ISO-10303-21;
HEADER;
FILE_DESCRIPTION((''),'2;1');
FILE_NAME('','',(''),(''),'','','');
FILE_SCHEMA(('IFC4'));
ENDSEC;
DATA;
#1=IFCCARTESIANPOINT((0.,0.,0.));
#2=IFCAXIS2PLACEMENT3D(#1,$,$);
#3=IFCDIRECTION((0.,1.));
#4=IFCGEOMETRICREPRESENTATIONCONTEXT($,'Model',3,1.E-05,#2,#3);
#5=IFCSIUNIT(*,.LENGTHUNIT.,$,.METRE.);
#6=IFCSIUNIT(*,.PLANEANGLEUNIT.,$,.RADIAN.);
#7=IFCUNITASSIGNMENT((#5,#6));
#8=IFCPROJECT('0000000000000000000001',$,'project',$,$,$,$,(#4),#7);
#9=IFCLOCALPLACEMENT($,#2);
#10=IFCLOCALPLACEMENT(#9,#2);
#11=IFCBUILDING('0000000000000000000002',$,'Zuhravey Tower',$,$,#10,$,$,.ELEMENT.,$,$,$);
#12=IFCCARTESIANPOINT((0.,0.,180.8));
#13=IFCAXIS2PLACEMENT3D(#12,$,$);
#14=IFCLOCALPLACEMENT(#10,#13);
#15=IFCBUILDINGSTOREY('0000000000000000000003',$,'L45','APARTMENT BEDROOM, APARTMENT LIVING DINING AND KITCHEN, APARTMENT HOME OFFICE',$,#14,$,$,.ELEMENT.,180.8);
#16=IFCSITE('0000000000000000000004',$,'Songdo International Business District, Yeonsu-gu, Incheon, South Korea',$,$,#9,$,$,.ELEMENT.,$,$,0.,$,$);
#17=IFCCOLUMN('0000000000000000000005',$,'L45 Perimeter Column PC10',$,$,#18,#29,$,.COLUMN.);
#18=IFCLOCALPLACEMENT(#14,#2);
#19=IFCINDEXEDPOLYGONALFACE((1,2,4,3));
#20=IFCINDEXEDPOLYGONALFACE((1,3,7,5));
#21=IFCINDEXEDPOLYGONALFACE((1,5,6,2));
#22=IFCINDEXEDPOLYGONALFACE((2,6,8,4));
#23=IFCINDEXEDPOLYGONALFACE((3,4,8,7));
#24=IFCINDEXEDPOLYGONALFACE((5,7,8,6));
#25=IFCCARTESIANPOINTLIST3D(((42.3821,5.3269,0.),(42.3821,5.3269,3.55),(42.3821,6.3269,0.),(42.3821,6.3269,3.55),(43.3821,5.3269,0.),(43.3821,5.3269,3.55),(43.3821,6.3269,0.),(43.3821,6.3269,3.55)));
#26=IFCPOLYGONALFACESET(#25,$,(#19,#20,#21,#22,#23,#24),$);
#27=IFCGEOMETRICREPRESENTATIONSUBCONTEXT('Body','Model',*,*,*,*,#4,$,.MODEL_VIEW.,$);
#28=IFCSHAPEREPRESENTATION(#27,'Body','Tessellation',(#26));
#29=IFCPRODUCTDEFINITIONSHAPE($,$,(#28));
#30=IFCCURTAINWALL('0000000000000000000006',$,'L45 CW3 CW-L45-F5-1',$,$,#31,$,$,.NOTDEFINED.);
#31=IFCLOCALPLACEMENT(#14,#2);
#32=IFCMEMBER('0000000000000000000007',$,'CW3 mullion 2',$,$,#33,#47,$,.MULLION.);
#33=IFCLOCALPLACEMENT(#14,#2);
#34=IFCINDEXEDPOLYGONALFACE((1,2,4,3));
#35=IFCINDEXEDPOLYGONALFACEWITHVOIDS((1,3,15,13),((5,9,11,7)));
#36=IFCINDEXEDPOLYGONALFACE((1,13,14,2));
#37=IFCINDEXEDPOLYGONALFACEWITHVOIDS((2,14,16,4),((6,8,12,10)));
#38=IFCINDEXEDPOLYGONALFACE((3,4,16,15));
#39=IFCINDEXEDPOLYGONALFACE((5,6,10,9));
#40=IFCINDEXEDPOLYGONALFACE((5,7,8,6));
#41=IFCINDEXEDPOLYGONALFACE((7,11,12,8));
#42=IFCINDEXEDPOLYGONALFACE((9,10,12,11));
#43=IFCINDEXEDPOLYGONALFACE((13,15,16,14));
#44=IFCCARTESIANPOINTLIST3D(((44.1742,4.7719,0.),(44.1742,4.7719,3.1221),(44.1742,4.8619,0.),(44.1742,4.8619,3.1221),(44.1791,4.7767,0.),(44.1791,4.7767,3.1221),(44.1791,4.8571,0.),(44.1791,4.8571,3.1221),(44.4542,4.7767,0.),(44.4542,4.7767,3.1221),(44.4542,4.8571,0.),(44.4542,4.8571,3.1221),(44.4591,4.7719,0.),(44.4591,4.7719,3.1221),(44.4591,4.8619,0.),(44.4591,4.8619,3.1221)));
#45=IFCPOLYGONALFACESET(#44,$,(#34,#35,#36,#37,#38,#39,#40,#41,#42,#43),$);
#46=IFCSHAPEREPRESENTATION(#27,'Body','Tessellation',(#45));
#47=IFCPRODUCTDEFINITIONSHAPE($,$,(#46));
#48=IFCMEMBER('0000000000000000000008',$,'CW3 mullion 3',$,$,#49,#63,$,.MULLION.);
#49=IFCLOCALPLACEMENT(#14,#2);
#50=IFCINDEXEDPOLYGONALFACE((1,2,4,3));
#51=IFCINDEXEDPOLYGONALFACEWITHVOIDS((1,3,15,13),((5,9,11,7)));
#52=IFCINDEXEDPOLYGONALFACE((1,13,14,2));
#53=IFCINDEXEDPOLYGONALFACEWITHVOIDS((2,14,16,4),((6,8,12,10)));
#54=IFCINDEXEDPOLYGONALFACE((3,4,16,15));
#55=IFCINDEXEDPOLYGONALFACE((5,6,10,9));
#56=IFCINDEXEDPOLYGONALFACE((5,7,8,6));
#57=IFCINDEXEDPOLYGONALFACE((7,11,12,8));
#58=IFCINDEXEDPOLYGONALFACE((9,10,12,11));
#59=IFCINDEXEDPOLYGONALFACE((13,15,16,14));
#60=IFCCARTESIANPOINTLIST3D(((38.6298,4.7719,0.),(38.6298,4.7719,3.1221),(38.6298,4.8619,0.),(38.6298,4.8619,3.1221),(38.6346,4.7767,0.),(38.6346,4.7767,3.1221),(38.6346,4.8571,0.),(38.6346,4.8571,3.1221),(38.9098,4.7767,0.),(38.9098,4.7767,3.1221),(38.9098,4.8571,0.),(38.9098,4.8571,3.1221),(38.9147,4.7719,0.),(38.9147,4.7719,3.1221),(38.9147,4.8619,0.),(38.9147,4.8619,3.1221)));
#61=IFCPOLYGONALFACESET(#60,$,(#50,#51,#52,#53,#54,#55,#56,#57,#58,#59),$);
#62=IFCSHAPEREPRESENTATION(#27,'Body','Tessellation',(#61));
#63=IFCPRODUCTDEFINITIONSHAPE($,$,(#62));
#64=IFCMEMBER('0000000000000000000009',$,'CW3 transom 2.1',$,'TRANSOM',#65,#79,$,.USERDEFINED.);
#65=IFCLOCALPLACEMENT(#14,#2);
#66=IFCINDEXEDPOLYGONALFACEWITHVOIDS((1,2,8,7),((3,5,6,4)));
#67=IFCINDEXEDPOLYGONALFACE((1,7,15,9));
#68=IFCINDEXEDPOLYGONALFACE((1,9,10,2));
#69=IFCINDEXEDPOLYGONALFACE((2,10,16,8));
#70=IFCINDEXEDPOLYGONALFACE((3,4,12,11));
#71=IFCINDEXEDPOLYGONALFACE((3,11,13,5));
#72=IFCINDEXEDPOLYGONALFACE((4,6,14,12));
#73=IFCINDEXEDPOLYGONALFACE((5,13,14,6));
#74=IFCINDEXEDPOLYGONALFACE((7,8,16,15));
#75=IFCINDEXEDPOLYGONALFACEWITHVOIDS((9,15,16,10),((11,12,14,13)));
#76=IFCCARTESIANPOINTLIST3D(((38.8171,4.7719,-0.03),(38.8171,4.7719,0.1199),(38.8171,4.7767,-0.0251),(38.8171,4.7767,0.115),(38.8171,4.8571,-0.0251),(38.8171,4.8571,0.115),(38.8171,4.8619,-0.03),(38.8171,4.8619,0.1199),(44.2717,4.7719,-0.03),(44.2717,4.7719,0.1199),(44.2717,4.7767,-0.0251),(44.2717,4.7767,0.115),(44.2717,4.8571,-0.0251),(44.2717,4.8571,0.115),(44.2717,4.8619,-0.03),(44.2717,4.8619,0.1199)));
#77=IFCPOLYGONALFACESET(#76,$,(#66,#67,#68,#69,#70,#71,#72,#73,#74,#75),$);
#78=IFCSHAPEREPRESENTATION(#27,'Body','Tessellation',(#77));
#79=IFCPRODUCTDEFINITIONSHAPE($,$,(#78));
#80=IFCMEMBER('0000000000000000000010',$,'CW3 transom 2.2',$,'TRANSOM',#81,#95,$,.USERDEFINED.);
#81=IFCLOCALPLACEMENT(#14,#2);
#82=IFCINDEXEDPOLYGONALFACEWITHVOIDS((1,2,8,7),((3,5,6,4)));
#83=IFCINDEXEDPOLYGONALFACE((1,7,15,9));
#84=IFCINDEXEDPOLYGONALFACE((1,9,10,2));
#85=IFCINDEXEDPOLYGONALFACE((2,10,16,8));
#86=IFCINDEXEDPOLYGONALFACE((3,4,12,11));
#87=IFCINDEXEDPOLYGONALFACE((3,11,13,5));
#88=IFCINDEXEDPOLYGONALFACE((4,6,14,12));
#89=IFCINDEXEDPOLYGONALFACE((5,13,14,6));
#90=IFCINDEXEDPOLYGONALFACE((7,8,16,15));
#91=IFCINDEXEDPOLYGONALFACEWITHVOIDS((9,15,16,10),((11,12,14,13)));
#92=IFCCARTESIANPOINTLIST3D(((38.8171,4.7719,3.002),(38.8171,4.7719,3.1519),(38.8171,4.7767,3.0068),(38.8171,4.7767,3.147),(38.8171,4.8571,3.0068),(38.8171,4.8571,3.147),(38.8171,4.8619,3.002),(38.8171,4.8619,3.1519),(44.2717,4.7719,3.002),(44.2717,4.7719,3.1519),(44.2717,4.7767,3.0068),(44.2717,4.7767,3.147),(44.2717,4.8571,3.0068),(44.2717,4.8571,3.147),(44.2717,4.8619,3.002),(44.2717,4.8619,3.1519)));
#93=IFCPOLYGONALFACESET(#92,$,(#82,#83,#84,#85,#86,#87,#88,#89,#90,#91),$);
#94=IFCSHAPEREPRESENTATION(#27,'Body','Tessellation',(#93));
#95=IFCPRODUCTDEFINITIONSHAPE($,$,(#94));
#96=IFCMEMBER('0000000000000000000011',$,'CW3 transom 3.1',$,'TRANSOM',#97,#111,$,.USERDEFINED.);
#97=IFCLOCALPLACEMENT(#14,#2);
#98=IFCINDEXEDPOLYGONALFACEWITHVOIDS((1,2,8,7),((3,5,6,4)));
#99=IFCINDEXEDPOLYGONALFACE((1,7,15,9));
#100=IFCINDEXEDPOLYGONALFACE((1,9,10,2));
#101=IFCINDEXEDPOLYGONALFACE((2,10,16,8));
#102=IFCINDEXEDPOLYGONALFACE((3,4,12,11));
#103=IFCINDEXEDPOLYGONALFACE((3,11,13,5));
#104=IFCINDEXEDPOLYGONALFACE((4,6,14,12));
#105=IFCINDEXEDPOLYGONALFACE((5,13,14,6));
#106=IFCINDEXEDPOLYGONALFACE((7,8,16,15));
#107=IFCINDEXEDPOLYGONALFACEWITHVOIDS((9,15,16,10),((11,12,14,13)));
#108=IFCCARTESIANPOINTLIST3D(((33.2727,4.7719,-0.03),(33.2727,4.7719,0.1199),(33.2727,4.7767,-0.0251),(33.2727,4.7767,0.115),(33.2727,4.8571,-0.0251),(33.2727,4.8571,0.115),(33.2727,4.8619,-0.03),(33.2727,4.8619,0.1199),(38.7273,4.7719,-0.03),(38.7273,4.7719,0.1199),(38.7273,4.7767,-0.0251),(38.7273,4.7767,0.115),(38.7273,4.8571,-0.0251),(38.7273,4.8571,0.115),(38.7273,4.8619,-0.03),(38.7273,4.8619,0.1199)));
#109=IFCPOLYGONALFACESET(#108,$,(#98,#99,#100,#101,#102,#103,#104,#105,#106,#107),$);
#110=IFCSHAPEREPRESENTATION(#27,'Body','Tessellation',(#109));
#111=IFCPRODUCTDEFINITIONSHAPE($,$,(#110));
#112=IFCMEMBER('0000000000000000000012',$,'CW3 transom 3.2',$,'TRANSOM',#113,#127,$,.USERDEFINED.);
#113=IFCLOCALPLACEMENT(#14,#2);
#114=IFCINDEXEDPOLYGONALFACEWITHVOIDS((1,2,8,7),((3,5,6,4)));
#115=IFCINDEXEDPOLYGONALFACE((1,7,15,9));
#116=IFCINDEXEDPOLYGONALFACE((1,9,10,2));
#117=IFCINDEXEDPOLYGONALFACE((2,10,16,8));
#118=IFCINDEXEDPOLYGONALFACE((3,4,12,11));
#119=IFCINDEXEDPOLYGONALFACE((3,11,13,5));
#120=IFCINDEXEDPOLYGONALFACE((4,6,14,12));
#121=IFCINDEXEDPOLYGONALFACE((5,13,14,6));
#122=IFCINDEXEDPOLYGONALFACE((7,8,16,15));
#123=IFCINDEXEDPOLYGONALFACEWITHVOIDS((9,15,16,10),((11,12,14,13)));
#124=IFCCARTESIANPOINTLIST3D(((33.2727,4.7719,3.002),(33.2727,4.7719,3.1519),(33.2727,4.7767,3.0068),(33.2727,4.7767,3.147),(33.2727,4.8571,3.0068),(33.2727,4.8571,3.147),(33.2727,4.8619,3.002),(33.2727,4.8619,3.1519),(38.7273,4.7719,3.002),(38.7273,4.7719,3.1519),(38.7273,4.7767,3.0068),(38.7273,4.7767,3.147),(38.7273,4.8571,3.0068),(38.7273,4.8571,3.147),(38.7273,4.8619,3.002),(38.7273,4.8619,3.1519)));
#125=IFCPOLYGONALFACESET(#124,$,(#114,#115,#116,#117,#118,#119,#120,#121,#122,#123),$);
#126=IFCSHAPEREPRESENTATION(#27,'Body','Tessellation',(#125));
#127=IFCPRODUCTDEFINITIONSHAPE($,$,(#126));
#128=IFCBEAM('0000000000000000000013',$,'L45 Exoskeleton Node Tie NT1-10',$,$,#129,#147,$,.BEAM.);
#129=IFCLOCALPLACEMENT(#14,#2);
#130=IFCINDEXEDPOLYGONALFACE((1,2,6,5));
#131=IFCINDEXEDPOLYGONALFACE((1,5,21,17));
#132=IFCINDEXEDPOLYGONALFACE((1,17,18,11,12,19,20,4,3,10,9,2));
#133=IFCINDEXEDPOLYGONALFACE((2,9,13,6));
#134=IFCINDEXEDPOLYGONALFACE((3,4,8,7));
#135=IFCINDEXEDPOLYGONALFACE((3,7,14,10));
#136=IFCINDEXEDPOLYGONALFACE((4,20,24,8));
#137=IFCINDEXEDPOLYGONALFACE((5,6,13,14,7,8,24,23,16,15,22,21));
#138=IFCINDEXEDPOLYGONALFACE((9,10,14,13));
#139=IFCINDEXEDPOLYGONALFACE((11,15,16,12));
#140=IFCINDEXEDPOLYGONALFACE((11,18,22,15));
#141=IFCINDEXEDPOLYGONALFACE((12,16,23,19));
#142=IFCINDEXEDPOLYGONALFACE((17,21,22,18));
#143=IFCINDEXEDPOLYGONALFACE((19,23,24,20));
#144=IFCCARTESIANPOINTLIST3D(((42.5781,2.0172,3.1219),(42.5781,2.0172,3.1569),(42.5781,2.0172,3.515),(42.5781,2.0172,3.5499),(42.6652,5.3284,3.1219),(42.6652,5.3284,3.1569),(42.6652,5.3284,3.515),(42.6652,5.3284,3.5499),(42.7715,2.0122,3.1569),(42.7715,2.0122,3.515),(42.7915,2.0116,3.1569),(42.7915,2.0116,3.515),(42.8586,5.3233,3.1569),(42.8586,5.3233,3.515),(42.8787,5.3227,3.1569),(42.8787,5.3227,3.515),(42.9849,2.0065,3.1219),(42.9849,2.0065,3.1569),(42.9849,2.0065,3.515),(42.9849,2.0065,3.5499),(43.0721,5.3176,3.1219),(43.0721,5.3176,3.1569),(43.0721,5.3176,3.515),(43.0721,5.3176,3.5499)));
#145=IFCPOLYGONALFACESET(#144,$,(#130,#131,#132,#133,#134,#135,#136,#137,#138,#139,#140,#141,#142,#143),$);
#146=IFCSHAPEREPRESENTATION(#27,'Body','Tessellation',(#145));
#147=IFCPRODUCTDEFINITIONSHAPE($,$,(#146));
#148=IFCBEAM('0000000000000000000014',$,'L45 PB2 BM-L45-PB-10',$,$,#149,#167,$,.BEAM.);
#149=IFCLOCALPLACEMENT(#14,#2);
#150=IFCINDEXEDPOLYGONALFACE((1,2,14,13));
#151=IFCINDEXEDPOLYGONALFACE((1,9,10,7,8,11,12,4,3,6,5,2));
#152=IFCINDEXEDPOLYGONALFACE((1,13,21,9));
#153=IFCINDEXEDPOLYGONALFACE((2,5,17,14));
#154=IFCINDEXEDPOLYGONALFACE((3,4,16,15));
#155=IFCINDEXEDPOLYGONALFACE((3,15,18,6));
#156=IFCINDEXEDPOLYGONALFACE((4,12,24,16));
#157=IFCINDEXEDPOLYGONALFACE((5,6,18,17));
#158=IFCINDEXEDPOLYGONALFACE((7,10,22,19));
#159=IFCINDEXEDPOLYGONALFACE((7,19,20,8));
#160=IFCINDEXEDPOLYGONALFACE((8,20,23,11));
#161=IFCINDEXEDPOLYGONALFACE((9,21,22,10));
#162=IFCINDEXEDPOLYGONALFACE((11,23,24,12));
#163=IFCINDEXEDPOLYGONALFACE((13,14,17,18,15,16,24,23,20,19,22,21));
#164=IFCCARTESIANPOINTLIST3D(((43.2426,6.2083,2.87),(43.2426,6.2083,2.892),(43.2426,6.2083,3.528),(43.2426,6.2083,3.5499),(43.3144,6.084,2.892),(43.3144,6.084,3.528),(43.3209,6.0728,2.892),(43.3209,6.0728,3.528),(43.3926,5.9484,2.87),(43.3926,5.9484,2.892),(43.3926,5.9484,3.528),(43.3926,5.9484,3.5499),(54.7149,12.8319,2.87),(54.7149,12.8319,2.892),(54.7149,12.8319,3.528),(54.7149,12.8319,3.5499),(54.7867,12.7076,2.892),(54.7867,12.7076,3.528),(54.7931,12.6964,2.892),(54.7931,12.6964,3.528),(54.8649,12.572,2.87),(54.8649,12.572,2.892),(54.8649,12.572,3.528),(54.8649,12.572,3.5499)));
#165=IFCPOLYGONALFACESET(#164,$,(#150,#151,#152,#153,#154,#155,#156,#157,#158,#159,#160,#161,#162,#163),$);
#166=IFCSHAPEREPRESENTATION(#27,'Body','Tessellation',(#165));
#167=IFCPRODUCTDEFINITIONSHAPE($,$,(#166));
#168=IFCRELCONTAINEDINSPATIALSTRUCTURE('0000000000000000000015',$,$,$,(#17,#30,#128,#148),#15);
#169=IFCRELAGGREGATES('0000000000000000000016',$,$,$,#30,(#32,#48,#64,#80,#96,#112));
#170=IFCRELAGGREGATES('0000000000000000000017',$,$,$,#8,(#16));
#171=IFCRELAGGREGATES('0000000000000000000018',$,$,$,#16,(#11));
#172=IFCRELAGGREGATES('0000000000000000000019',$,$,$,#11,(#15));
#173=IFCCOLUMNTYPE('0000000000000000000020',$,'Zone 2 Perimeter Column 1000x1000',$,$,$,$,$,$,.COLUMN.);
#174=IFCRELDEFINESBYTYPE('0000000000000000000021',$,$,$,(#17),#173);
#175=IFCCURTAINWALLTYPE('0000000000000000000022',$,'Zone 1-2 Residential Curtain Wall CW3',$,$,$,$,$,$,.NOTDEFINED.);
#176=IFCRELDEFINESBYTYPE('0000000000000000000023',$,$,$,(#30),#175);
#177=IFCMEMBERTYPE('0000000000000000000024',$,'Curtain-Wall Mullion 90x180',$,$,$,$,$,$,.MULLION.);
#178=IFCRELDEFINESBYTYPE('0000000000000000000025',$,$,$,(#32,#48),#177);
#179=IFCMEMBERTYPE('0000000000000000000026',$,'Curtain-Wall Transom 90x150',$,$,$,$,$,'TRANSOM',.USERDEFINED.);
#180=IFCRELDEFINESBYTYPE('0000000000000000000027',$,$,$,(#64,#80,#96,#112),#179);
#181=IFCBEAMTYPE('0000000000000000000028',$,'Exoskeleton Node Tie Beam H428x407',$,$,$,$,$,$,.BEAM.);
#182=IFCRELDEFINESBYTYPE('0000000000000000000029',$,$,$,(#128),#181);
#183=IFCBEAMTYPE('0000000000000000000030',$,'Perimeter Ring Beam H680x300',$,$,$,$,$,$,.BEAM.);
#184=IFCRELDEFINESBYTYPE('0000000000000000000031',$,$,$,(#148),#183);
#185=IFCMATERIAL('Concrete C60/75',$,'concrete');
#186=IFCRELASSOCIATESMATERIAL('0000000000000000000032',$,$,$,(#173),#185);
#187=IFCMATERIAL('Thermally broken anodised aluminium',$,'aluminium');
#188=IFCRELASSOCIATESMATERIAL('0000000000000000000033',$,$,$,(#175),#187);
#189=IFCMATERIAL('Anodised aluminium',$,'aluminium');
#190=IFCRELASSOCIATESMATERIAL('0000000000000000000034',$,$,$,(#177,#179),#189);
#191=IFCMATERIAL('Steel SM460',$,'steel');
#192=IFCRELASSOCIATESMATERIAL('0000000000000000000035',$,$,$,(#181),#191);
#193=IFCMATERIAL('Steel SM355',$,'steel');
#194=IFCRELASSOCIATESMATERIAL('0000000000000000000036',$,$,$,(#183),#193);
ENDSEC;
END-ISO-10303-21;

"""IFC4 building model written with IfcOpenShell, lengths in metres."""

from ifc_helpers import new_model, si_unit, direction, frame, origin, origin_2d, place, context, subcontext, project, spatial, rectangle, hollow_rectangle, i_section, extrude, material, material_profile, profile_set, type_object, element, aggregate, save


model = new_model("IFC4")

# Units and contexts
model_context = context("Model", 3, precision=1e-05, world=origin(), true_north=direction((0.0, 1.0)))
body_context = subcontext(model_context, "Body", "Model", "MODEL_VIEW")
ifc_project = project(units=[si_unit("LENGTHUNIT", "METRE"), si_unit("PLANEANGLEUNIT", "RADIAN")], contexts=[model_context])

# Site, building, storey
site_placement = place(None, origin())
site = spatial("IfcSite", under=ifc_project, at=site_placement, Name="Songdo International Business District, Yeonsu-gu, Incheon, South Korea", CompositionType="ELEMENT", RefElevation=0.0)
building_placement = place(site_placement, origin())
building = spatial("IfcBuilding", under=site, at=building_placement, Name="Zuhravey Tower", CompositionType="ELEMENT")
storey_placement = place(building_placement, frame((0.0, 0.0, 180.8)))
storey = spatial("IfcBuildingStorey", under=building, at=storey_placement, Name="L45", Description="APARTMENT BEDROOM, APARTMENT LIVING DINING AND KITCHEN, APARTMENT HOME OFFICE", CompositionType="ELEMENT", Elevation=180.8)

# Column
ifc_material_1 = material(Name="Concrete C60/75", Category="concrete")
ifc_material_profile_1 = material_profile(ifc_material_1, rectangle(XDim=1.0, YDim=1.0, at=origin_2d()), Name="RC-1000x1000")
ifc_profile_set_1 = profile_set([ifc_material_profile_1], Name="Concrete C60/75")
column_type = type_object("IfcColumnType", Name="Zone 2 Perimeter Column 1000x1000", PredefinedType="COLUMN", material=ifc_profile_set_1)
column_placement = place(storey_placement, frame((42.8821, 5.8269, 0.0), z_axis=(0.0, 0.0, 1.0), x_axis=(1.0, 0.0, 0.0)))
element("IfcColumn", 1, at=column_placement, inside=storey, type_object=column_type, Name="L45 Perimeter Column PC10", PredefinedType="COLUMN", context=body_context, shape_type="SweptSolid", body=[
    extrude(rectangle(XDim=1.0, YDim=1.0, at=origin_2d()), origin(), (0.0, 0.0, 1.0), 3.55),
])

# Curtain wall, members
ifc_material_2 = material(Name="Thermally broken anodised aluminium", Category="aluminium")
curtain_wall_type = type_object("IfcCurtainWallType", Name="Zone 1-2 Residential Curtain Wall CW3", PredefinedType="NOTDEFINED", material=ifc_material_2)
curtain_wall_placement = place(storey_placement, origin())
curtain_wall = element("IfcCurtainWall", 2, at=curtain_wall_placement, inside=storey, type_object=curtain_wall_type, Name="L45 CW3 CW-L45-F5-1", PredefinedType="NOTDEFINED")
ifc_material_3 = material(Name="Anodised aluminium", Category="aluminium")
ifc_material_profile_2 = material_profile(ifc_material_3, hollow_rectangle(XDim=0.0901, YDim=0.2849, WallThickness=0.0049, at=origin_2d()), Name="ALU-RHS-90x285x5")
ifc_profile_set_2 = profile_set([ifc_material_profile_2], Name="Anodised aluminium")
member_type_1 = type_object("IfcMemberType", Name="Curtain-Wall Mullion 90x180", PredefinedType="MULLION", material=ifc_profile_set_2)
member_1_placement = place(storey_placement, frame((44.3167, 4.8169, 0.0), z_axis=(0.0, 0.0, 1.0), x_axis=(0.0, -1.0, 0.0)))
member_1 = element("IfcMember", 3, at=member_1_placement, type_object=member_type_1, Name="CW3 mullion 2", PredefinedType="MULLION", context=body_context, shape_type="SweptSolid", body=[
    extrude(hollow_rectangle(XDim=0.0901, YDim=0.2849, WallThickness=0.0049, at=origin_2d()), origin(), (0.0, 0.0, 1.0), 3.1221),
])
member_2_placement = place(storey_placement, frame((38.7722, 4.8169, 0.0), z_axis=(0.0, 0.0, 1.0), x_axis=(0.0, -1.0, 0.0)))
member_2 = element("IfcMember", 4, at=member_2_placement, type_object=member_type_1, Name="CW3 mullion 3", PredefinedType="MULLION", context=body_context, shape_type="SweptSolid", body=[
    extrude(hollow_rectangle(XDim=0.0901, YDim=0.2849, WallThickness=0.0049, at=origin_2d()), origin(), (0.0, 0.0, 1.0), 3.1221),
])
ifc_material_profile_3 = material_profile(ifc_material_3, hollow_rectangle(XDim=0.0901, YDim=0.1499, WallThickness=0.0049, at=origin_2d()), Name="ALU-RHS-90x150x5")
ifc_profile_set_3 = profile_set([ifc_material_profile_3], Name="Anodised aluminium")
member_type_2 = type_object("IfcMemberType", Name="Curtain-Wall Transom 90x150", ElementType="TRANSOM", PredefinedType="USERDEFINED", material=ifc_profile_set_3)
member_3_placement = place(storey_placement, frame((44.2717, 4.8169, 0.0449), z_axis=(-1.0, 0.0, 0.0), x_axis=(0.0, -1.0, 0.0)))
member_3 = element("IfcMember", 5, at=member_3_placement, type_object=member_type_2, Name="CW3 transom 2.1", ObjectType="TRANSOM", PredefinedType="USERDEFINED", context=body_context, shape_type="SweptSolid", body=[
    extrude(hollow_rectangle(XDim=0.0901, YDim=0.1499, WallThickness=0.0049, at=origin_2d()), origin(), (0.0, 0.0, 1.0), 5.4546),
])
member_4_placement = place(storey_placement, frame((44.2717, 4.8169, 3.0769), z_axis=(-1.0, 0.0, 0.0), x_axis=(0.0, -1.0, 0.0)))
member_4 = element("IfcMember", 6, at=member_4_placement, type_object=member_type_2, Name="CW3 transom 2.2", ObjectType="TRANSOM", PredefinedType="USERDEFINED", context=body_context, shape_type="SweptSolid", body=[
    extrude(hollow_rectangle(XDim=0.0901, YDim=0.1499, WallThickness=0.0049, at=origin_2d()), origin(), (0.0, 0.0, 1.0), 5.4546),
])
member_5_placement = place(storey_placement, frame((38.7273, 4.8169, 0.0449), z_axis=(-1.0, 0.0, 0.0), x_axis=(0.0, -1.0, 0.0)))
member_5 = element("IfcMember", 7, at=member_5_placement, type_object=member_type_2, Name="CW3 transom 3.1", ObjectType="TRANSOM", PredefinedType="USERDEFINED", context=body_context, shape_type="SweptSolid", body=[
    extrude(hollow_rectangle(XDim=0.0901, YDim=0.1499, WallThickness=0.0049, at=origin_2d()), origin(), (0.0, 0.0, 1.0), 5.4546),
])
member_6_placement = place(storey_placement, frame((38.7273, 4.8169, 3.0769), z_axis=(-1.0, 0.0, 0.0), x_axis=(0.0, -1.0, 0.0)))
member_6 = element("IfcMember", 8, at=member_6_placement, type_object=member_type_2, Name="CW3 transom 3.2", ObjectType="TRANSOM", PredefinedType="USERDEFINED", context=body_context, shape_type="SweptSolid", body=[
    extrude(hollow_rectangle(XDim=0.0901, YDim=0.1499, WallThickness=0.0049, at=origin_2d()), origin(), (0.0, 0.0, 1.0), 5.4546),
])

# Beams
ifc_material_4 = material(Name="Steel SM460", Category="steel")
ifc_material_profile_4 = material_profile(ifc_material_4, i_section(OverallWidth=0.407, OverallDepth=0.428, WebThickness=0.02, FlangeThickness=0.0349, at=origin_2d()), Name="H-428x407x20x35")
ifc_profile_set_4 = profile_set([ifc_material_profile_4], Name="Steel SM460")
beam_type_1 = type_object("IfcBeamType", Name="Exoskeleton Node Tie Beam H428x407", PredefinedType="BEAM", material=ifc_profile_set_4)
beam_1_placement = place(storey_placement, frame((42.8687, 5.323, 3.3359), z_axis=(-0.026314, -0.999654, 0.0), x_axis=(0.999654, -0.026314, 0.0)))
element("IfcBeam", 9, at=beam_1_placement, inside=storey, type_object=beam_type_1, Name="L45 Exoskeleton Node Tie NT1-10", PredefinedType="BEAM", context=body_context, shape_type="SweptSolid", body=[
    extrude(i_section(OverallWidth=0.407, OverallDepth=0.428, WebThickness=0.02, FlangeThickness=0.0349, at=origin_2d()), origin(), (0.0, 0.0, 1.0), 3.3123),
])
ifc_material_5 = material(Name="Steel SM355", Category="steel")
ifc_material_profile_5 = material_profile(ifc_material_5, i_section(OverallWidth=0.3, OverallDepth=0.6799, WebThickness=0.0129, FlangeThickness=0.022, at=origin_2d()), Name="H-680x300x13x22")
ifc_profile_set_5 = profile_set([ifc_material_profile_5], Name="Steel SM355")
beam_type_2 = type_object("IfcBeamType", Name="Perimeter Ring Beam H680x300", PredefinedType="BEAM", material=ifc_profile_set_5)
beam_2_placement = place(storey_placement, frame((43.3176, 6.0784, 3.21), z_axis=(0.866023, 0.500004, 0.0), x_axis=(-0.500004, 0.866023, 0.0)))
element("IfcBeam", 10, at=beam_2_placement, inside=storey, type_object=beam_type_2, Name="L45 PB2 BM-L45-PB-10", PredefinedType="BEAM", context=body_context, shape_type="SweptSolid", body=[
    extrude(i_section(OverallWidth=0.3, OverallDepth=0.6799, WebThickness=0.0129, FlangeThickness=0.022, at=origin_2d()), origin(), (0.0, 0.0, 1.0), 13.2471),
])

aggregate(curtain_wall, [member_1, member_2, member_3, member_4, member_5, member_6])

save(model, "model.ifc")
